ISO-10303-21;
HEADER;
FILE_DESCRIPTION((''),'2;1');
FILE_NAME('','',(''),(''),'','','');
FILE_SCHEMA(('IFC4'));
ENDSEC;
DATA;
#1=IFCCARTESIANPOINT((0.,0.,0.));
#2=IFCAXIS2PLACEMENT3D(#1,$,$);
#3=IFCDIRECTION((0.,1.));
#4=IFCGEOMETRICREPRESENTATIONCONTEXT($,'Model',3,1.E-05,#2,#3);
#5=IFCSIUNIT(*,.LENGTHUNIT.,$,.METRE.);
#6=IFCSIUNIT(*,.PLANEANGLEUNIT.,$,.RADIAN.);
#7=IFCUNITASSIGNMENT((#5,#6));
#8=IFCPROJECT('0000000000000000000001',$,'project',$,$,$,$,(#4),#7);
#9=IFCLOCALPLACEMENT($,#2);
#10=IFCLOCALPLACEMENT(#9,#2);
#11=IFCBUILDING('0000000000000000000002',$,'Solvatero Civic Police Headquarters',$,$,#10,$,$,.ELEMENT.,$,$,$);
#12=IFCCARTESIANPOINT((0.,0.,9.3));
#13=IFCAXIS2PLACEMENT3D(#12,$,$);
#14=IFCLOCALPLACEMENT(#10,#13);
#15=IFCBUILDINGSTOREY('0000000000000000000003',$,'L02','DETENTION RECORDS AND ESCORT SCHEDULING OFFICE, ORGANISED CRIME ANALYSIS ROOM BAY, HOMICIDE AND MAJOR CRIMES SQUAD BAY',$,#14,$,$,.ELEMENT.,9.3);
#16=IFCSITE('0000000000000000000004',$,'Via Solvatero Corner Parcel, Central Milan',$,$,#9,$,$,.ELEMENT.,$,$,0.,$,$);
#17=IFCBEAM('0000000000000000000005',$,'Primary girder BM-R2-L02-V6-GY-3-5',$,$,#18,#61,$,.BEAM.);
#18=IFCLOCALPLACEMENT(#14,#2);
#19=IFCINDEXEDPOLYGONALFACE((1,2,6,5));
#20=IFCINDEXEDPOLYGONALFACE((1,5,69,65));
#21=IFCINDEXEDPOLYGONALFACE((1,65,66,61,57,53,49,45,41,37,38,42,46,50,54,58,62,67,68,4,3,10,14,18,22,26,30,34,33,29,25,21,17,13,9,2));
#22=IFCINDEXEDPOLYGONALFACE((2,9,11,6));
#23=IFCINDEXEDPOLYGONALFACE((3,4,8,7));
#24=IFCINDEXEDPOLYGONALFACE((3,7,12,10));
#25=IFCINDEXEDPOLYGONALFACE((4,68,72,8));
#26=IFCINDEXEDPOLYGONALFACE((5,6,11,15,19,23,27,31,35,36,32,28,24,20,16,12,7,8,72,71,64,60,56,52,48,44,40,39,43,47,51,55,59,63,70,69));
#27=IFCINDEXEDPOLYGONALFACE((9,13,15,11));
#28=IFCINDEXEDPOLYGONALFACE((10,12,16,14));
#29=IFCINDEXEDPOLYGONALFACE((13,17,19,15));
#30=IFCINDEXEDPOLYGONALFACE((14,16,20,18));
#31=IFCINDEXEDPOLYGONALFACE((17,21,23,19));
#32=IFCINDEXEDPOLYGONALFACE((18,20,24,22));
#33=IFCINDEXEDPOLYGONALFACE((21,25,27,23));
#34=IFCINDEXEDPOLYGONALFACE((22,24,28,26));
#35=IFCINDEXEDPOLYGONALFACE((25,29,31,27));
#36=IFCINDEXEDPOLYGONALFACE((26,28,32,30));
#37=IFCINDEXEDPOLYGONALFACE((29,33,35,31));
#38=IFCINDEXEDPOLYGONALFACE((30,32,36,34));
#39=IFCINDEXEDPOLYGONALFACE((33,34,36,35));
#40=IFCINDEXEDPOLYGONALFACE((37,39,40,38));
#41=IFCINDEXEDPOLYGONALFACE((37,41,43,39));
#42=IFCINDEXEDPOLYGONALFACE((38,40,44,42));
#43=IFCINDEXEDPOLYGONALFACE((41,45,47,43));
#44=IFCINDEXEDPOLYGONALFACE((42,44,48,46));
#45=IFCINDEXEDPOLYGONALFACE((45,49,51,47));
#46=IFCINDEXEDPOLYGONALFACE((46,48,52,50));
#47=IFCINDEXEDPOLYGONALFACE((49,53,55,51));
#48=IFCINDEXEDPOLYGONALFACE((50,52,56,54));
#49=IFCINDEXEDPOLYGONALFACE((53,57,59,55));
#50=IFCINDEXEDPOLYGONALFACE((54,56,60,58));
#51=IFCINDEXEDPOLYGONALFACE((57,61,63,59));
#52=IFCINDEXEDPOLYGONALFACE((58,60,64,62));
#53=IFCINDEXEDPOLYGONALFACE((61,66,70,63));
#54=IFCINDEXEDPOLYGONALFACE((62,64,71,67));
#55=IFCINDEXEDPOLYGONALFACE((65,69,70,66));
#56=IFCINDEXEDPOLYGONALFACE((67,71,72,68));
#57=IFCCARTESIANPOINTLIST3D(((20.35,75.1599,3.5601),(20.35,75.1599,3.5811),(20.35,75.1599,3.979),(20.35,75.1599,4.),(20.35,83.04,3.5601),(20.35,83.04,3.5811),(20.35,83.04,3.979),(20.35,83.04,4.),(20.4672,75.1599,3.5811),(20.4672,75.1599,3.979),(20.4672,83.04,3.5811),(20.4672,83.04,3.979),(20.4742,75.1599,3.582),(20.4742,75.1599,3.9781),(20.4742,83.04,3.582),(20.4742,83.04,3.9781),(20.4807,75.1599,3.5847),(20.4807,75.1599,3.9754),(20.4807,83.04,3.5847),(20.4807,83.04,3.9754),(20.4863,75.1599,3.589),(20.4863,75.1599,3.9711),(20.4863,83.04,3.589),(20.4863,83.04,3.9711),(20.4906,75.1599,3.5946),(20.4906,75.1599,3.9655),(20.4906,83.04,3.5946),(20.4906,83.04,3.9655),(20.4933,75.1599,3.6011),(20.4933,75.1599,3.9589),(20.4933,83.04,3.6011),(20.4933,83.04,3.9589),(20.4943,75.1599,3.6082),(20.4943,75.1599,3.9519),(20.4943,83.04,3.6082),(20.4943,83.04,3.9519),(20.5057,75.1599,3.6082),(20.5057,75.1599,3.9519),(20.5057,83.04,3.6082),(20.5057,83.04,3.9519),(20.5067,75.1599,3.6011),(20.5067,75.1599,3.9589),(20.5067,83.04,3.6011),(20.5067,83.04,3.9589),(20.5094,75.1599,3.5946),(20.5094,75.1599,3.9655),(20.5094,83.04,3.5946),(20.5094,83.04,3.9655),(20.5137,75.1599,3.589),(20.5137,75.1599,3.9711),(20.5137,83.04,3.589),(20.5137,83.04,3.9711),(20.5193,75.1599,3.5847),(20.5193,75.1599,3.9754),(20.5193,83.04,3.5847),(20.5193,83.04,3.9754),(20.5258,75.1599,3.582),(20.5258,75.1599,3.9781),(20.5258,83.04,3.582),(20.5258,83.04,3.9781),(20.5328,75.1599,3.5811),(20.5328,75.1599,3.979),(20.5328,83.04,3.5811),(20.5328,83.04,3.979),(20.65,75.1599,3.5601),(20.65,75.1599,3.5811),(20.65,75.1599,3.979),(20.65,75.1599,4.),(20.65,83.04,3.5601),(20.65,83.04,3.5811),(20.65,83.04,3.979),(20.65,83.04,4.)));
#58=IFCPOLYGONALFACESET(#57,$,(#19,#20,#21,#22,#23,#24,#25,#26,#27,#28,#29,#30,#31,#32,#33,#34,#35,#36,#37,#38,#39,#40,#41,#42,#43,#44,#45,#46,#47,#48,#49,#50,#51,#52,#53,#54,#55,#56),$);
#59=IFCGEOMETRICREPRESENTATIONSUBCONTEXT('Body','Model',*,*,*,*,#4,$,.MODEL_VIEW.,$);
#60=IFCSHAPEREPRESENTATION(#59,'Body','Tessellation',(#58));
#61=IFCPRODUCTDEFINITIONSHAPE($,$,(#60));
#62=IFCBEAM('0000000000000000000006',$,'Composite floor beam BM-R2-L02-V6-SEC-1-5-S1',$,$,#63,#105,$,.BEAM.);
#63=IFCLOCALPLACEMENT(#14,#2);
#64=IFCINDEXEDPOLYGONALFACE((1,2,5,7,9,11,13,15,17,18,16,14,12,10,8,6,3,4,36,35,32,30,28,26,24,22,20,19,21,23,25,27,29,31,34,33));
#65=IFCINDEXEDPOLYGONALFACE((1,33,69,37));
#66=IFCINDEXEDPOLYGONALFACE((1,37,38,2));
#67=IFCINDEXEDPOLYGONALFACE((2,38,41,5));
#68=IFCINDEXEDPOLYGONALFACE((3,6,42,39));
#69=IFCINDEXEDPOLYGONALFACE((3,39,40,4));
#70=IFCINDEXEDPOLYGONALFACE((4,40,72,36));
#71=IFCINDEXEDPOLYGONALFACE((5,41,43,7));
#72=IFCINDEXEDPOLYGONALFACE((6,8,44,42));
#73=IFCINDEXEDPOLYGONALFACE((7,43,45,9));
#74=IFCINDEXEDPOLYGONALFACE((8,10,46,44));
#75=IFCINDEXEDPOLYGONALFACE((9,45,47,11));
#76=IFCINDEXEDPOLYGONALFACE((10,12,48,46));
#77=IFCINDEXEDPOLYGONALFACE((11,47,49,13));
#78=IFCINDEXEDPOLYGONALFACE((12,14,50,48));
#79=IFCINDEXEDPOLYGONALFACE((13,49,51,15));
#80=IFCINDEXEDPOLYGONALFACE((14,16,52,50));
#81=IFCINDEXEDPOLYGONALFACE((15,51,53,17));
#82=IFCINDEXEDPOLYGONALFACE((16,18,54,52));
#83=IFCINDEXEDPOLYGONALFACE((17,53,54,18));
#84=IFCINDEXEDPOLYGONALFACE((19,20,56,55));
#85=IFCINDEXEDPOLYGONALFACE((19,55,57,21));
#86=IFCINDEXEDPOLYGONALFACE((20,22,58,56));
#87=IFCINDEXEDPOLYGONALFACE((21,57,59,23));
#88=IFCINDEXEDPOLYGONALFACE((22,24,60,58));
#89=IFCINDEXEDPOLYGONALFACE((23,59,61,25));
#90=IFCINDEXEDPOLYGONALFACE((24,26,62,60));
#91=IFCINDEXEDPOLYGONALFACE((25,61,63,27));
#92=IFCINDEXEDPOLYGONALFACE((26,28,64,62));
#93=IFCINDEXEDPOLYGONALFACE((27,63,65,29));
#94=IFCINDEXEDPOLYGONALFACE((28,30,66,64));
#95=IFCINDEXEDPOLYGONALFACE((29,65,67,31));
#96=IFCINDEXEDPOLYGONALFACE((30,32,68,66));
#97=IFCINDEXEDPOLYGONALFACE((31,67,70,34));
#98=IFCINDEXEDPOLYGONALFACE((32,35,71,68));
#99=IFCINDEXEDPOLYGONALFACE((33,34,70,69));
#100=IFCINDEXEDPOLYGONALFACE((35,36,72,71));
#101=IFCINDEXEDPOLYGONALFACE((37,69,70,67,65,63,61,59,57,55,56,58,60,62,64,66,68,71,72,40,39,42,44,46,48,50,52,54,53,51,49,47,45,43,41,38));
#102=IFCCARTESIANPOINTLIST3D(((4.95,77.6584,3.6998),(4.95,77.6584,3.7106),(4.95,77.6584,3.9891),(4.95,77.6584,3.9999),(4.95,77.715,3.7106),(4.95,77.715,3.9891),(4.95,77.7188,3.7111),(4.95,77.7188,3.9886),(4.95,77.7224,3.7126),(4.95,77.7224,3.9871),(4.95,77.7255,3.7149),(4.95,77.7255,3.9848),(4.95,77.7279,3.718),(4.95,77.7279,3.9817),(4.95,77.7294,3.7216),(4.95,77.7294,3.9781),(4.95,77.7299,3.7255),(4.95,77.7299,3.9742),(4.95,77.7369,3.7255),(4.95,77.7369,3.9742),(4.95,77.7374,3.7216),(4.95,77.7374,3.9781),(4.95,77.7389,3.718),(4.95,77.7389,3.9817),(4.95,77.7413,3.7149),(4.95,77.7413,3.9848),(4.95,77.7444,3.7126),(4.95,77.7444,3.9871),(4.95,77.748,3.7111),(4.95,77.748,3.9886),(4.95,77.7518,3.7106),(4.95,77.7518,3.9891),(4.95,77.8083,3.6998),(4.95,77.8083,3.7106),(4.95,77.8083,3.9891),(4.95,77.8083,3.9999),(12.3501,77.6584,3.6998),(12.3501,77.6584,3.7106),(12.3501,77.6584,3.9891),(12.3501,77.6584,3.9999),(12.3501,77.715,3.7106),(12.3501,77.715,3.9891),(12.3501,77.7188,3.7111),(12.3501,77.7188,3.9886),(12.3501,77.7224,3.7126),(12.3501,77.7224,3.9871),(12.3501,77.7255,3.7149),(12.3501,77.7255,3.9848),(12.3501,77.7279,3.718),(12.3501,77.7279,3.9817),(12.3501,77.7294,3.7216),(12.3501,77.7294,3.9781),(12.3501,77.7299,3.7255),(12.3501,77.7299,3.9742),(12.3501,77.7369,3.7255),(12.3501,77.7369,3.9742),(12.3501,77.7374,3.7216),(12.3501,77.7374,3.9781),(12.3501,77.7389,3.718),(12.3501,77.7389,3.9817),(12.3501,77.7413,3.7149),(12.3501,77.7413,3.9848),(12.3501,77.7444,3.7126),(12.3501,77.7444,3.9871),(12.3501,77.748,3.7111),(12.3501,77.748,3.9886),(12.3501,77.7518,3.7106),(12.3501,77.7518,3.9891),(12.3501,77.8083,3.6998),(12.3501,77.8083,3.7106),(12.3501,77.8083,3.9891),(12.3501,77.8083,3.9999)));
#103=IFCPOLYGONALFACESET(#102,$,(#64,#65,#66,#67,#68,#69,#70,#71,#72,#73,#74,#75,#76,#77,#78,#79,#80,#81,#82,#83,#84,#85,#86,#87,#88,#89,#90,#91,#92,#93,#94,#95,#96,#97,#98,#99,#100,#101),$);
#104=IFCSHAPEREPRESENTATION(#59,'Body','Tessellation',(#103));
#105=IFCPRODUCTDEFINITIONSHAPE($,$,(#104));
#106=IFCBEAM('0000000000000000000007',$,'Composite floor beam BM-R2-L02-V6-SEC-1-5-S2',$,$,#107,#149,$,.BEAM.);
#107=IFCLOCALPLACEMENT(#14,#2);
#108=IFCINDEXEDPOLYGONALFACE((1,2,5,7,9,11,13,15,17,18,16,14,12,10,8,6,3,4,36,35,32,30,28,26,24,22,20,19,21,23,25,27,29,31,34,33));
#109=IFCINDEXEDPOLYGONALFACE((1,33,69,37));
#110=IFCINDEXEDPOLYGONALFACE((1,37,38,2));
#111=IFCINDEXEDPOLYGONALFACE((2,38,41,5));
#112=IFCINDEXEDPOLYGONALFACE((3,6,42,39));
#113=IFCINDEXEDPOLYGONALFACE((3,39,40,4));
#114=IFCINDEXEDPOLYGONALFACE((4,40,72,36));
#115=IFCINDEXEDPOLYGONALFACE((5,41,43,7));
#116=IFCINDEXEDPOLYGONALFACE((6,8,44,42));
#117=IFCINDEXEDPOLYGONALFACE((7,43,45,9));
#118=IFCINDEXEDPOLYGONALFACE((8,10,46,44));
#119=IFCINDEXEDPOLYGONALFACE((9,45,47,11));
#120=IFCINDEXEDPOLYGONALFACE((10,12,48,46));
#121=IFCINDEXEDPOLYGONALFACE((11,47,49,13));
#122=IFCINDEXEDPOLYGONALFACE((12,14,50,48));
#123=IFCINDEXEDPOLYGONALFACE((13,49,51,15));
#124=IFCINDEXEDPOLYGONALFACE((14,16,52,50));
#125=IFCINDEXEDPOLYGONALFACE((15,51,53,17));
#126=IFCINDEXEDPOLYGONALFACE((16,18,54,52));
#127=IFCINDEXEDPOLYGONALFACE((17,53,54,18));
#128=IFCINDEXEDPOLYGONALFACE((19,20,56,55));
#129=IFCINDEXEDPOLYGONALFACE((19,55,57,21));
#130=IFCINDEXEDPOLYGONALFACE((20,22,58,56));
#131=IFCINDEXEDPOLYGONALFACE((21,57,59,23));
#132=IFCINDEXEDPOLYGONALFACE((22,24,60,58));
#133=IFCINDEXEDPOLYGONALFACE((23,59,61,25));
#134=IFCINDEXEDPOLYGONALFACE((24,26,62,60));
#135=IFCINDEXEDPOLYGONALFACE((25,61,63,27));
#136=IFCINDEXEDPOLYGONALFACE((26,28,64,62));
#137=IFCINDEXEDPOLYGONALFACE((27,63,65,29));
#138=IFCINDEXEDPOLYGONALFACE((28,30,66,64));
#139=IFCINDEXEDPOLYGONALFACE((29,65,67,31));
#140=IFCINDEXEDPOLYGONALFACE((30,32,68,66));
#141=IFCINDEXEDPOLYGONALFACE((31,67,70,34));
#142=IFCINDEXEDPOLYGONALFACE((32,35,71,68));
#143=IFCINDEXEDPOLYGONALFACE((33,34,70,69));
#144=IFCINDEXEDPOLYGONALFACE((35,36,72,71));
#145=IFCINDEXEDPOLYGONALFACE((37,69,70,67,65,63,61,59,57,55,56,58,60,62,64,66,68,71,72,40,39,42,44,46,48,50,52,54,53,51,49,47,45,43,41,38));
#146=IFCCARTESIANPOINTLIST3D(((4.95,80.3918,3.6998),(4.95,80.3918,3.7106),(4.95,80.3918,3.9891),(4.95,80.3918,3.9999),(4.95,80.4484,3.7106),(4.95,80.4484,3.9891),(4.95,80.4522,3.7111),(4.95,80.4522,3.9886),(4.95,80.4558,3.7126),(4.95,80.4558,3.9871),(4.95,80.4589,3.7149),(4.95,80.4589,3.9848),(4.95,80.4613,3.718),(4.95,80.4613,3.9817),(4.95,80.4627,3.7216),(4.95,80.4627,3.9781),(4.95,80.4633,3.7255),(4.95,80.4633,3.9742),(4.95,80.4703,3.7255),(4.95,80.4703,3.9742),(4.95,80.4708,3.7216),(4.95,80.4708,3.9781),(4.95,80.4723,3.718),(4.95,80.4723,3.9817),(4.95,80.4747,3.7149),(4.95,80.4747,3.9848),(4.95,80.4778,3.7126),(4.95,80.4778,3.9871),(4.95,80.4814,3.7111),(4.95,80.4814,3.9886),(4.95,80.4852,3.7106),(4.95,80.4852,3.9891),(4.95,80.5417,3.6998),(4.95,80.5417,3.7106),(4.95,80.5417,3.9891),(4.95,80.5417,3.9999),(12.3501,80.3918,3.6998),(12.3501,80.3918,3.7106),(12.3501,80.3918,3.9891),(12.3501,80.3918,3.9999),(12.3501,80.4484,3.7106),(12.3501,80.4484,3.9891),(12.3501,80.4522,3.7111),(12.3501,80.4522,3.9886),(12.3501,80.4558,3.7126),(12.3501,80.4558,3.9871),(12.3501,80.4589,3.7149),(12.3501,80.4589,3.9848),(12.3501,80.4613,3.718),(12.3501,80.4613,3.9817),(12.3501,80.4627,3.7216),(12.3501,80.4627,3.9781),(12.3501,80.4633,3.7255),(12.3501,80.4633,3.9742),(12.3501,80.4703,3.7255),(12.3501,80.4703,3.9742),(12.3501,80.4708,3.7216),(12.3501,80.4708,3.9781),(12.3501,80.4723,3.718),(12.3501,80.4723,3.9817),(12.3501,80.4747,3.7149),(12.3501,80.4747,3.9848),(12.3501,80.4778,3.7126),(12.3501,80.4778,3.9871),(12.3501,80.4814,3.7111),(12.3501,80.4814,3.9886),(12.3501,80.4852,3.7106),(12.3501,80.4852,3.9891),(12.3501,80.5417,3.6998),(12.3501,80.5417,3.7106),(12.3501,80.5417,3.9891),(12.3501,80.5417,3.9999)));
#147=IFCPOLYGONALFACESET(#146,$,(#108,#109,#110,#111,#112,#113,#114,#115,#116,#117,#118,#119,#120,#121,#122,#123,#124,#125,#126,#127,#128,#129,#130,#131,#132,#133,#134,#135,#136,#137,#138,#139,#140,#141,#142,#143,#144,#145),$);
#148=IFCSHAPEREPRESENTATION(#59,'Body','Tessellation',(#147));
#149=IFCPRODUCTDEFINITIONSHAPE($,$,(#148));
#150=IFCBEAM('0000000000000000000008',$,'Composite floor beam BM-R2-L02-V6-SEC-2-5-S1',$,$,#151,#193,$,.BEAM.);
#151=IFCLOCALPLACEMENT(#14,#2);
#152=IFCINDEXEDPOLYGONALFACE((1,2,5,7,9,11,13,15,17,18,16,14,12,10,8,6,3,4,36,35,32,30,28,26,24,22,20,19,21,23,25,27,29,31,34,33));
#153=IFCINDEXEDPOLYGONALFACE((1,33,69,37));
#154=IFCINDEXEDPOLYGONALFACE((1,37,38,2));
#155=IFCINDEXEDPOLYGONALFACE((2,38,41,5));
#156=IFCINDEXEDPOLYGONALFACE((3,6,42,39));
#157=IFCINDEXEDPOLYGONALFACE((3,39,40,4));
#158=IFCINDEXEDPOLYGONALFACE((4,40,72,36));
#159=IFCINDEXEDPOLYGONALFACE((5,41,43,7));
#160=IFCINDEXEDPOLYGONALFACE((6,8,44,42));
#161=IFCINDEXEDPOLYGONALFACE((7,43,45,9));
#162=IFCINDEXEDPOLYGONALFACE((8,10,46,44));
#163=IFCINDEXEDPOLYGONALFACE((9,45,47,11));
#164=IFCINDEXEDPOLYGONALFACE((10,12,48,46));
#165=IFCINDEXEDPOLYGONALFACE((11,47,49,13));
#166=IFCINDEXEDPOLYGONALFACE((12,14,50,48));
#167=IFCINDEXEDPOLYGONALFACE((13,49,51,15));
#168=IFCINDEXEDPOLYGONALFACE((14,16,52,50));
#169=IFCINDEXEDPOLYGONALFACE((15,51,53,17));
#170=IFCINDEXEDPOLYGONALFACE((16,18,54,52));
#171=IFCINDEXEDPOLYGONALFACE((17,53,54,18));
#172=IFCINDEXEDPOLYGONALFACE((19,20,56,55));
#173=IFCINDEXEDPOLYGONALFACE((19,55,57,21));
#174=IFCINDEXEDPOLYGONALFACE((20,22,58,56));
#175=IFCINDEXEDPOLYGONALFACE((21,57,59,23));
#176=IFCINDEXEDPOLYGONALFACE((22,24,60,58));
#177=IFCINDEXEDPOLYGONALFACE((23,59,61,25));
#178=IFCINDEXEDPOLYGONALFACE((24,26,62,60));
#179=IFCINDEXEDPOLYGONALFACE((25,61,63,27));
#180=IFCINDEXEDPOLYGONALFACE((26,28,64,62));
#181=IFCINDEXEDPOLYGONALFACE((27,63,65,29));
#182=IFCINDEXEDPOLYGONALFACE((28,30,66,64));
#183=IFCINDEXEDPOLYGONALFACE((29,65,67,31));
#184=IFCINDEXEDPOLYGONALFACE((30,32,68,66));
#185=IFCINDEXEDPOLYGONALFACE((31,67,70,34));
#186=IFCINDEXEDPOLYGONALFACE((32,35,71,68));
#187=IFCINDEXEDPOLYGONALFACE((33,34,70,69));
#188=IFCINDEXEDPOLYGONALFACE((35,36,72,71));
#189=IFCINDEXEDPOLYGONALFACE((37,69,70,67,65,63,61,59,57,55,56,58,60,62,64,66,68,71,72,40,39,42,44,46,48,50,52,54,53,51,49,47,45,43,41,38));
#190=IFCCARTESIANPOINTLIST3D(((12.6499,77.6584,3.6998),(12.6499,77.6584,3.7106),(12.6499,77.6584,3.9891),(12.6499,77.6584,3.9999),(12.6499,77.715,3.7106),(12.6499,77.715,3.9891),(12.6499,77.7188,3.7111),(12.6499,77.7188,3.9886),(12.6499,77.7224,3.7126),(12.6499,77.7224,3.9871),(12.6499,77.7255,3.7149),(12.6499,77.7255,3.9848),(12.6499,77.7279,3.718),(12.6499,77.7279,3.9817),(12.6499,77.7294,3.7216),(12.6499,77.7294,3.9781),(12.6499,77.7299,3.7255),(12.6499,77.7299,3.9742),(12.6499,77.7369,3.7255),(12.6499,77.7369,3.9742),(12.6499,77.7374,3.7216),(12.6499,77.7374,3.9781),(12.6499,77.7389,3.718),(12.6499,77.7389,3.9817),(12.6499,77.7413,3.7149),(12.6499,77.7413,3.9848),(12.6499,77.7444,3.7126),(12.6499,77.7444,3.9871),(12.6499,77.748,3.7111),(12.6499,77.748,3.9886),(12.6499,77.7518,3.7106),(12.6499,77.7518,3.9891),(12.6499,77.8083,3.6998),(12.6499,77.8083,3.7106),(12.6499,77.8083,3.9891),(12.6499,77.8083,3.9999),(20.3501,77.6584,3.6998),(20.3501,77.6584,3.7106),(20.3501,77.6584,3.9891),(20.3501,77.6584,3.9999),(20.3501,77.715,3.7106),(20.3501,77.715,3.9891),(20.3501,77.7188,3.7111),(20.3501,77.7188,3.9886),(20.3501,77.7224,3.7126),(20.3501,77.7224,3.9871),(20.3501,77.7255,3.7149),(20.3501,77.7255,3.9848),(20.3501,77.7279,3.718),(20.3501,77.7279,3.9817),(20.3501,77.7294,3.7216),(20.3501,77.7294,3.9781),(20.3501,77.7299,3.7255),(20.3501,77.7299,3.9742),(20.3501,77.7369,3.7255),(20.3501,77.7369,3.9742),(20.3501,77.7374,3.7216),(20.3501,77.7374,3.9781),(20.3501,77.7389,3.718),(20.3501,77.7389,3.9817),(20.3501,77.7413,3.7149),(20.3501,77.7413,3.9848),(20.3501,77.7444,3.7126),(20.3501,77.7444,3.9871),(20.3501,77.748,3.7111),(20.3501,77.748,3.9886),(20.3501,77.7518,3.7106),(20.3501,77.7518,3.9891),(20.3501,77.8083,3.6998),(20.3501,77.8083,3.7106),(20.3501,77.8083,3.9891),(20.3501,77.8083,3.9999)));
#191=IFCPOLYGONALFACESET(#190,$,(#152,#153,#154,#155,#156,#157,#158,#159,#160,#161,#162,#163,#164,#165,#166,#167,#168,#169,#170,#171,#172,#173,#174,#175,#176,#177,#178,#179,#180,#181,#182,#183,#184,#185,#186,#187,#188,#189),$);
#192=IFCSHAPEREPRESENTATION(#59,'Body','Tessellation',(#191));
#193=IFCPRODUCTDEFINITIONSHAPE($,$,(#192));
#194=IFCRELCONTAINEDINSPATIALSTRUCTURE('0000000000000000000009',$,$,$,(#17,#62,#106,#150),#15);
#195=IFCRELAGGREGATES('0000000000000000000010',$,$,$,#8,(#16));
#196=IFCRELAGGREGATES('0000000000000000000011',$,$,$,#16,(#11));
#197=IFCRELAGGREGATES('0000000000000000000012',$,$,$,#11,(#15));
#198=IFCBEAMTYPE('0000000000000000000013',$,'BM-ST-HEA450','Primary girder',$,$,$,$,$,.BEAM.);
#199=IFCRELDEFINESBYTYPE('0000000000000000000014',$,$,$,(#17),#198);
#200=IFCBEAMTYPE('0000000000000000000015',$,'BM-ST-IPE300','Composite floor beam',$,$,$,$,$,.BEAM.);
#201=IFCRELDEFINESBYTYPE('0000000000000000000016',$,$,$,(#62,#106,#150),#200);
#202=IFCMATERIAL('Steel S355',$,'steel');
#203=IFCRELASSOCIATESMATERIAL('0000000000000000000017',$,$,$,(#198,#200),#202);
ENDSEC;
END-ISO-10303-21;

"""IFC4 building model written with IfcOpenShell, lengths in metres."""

from ifc_helpers import new_model, si_unit, direction, frame, origin, origin_2d, place, context, subcontext, project, spatial, i_section, extrude, material, material_profile, profile_set, type_object, element, save


model = new_model("IFC4")

# Units and contexts
model_context = context("Model", 3, precision=1e-05, world=origin(), true_north=direction((0.0, 1.0)))
body_context = subcontext(model_context, "Body", "Model", "MODEL_VIEW")
ifc_project = project(units=[si_unit("LENGTHUNIT", "METRE"), si_unit("PLANEANGLEUNIT", "RADIAN")], contexts=[model_context])

# Site, building, storey
site_placement = place(None, origin())
site = spatial("IfcSite", under=ifc_project, at=site_placement, Name="Via Solvatero Corner Parcel, Central Milan", CompositionType="ELEMENT", RefElevation=0.0)
building_placement = place(site_placement, origin())
building = spatial("IfcBuilding", under=site, at=building_placement, Name="Solvatero Civic Police Headquarters", CompositionType="ELEMENT")
storey_placement = place(building_placement, frame((0.0, 0.0, 9.3)))
storey = spatial("IfcBuildingStorey", under=building, at=storey_placement, Name="L02", Description="DETENTION RECORDS AND ESCORT SCHEDULING OFFICE, ORGANISED CRIME ANALYSIS ROOM BAY, HOMICIDE AND MAJOR CRIMES SQUAD BAY", CompositionType="ELEMENT", Elevation=9.3)

# Shared definitions
ifc_material_1 = material(Name="Steel S355", Category="steel")

# Beams
ifc_material_profile_1 = material_profile(ifc_material_1, i_section(OverallWidth=0.3, OverallDepth=0.4399, WebThickness=0.0115, FlangeThickness=0.021, FilletRadius=0.0271, at=origin_2d()), Name="HEA 450")
ifc_profile_set_1 = profile_set([ifc_material_profile_1], Name="Steel S355")
beam_type_1 = type_object("IfcBeamType", Name="BM-ST-HEA450", Description="Primary girder", PredefinedType="BEAM", material=ifc_profile_set_1)
for number, where, z_axis, x_axis, name in (
    (1, (20.5, 75.1599, 3.78), (0.0, 1.0, 0.0), (-1.0, 0.0, 0.0), "Primary girder BM-R2-L02-V6-GY-3-5"),
):
    element("IfcBeam", number, at=place(storey_placement, frame(where, z_axis=z_axis, x_axis=x_axis)), inside=storey, type_object=beam_type_1, Name=name, PredefinedType="BEAM", context=body_context, shape_type="SweptSolid", body=[
        extrude(i_section(OverallWidth=0.3, OverallDepth=0.4399, WebThickness=0.0115, FlangeThickness=0.021, FilletRadius=0.0271, at=origin_2d()), origin(), (0.0, 0.0, 1.0), 7.8801),
    ])
ifc_material_profile_2 = material_profile(ifc_material_1, i_section(OverallWidth=0.1499, OverallDepth=0.3, WebThickness=0.0071, FlangeThickness=0.0107, FilletRadius=0.0149, at=origin_2d()), Name="IPE 300")
ifc_profile_set_2 = profile_set([ifc_material_profile_2], Name="Steel S355")
beam_type_2 = type_object("IfcBeamType", Name="BM-ST-IPE300", Description="Composite floor beam", PredefinedType="BEAM", material=ifc_profile_set_2)
for number, where, z_axis, x_axis, name in (
    (2, (4.95, 77.7334, 3.8499), (1.0, 0.0, 0.0), (0.0, 1.0, 0.0), "Composite floor beam BM-R2-L02-V6-SEC-1-5-S1"),
    (3, (4.95, 80.4668, 3.8499), (1.0, 0.0, 0.0), (0.0, 1.0, 0.0), "Composite floor beam BM-R2-L02-V6-SEC-1-5-S2"),
):
    element("IfcBeam", number, at=place(storey_placement, frame(where, z_axis=z_axis, x_axis=x_axis)), inside=storey, type_object=beam_type_2, Name=name, PredefinedType="BEAM", context=body_context, shape_type="SweptSolid", body=[
        extrude(i_section(OverallWidth=0.1499, OverallDepth=0.3, WebThickness=0.0071, FlangeThickness=0.0107, FilletRadius=0.0149, at=origin_2d()), origin(), (0.0, 0.0, 1.0), 7.4001),
    ])
for number, where, z_axis, x_axis, name in (
    (4, (12.6499, 77.7334, 3.8499), (1.0, 0.0, 0.0), (0.0, 1.0, 0.0), "Composite floor beam BM-R2-L02-V6-SEC-2-5-S1"),
):
    element("IfcBeam", number, at=place(storey_placement, frame(where, z_axis=z_axis, x_axis=x_axis)), inside=storey, type_object=beam_type_2, Name=name, PredefinedType="BEAM", context=body_context, shape_type="SweptSolid", body=[
        extrude(i_section(OverallWidth=0.1499, OverallDepth=0.3, WebThickness=0.0071, FlangeThickness=0.0107, FilletRadius=0.0149, at=origin_2d()), origin(), (0.0, 0.0, 1.0), 7.7002),
    ])

save(model, "model.ifc")
